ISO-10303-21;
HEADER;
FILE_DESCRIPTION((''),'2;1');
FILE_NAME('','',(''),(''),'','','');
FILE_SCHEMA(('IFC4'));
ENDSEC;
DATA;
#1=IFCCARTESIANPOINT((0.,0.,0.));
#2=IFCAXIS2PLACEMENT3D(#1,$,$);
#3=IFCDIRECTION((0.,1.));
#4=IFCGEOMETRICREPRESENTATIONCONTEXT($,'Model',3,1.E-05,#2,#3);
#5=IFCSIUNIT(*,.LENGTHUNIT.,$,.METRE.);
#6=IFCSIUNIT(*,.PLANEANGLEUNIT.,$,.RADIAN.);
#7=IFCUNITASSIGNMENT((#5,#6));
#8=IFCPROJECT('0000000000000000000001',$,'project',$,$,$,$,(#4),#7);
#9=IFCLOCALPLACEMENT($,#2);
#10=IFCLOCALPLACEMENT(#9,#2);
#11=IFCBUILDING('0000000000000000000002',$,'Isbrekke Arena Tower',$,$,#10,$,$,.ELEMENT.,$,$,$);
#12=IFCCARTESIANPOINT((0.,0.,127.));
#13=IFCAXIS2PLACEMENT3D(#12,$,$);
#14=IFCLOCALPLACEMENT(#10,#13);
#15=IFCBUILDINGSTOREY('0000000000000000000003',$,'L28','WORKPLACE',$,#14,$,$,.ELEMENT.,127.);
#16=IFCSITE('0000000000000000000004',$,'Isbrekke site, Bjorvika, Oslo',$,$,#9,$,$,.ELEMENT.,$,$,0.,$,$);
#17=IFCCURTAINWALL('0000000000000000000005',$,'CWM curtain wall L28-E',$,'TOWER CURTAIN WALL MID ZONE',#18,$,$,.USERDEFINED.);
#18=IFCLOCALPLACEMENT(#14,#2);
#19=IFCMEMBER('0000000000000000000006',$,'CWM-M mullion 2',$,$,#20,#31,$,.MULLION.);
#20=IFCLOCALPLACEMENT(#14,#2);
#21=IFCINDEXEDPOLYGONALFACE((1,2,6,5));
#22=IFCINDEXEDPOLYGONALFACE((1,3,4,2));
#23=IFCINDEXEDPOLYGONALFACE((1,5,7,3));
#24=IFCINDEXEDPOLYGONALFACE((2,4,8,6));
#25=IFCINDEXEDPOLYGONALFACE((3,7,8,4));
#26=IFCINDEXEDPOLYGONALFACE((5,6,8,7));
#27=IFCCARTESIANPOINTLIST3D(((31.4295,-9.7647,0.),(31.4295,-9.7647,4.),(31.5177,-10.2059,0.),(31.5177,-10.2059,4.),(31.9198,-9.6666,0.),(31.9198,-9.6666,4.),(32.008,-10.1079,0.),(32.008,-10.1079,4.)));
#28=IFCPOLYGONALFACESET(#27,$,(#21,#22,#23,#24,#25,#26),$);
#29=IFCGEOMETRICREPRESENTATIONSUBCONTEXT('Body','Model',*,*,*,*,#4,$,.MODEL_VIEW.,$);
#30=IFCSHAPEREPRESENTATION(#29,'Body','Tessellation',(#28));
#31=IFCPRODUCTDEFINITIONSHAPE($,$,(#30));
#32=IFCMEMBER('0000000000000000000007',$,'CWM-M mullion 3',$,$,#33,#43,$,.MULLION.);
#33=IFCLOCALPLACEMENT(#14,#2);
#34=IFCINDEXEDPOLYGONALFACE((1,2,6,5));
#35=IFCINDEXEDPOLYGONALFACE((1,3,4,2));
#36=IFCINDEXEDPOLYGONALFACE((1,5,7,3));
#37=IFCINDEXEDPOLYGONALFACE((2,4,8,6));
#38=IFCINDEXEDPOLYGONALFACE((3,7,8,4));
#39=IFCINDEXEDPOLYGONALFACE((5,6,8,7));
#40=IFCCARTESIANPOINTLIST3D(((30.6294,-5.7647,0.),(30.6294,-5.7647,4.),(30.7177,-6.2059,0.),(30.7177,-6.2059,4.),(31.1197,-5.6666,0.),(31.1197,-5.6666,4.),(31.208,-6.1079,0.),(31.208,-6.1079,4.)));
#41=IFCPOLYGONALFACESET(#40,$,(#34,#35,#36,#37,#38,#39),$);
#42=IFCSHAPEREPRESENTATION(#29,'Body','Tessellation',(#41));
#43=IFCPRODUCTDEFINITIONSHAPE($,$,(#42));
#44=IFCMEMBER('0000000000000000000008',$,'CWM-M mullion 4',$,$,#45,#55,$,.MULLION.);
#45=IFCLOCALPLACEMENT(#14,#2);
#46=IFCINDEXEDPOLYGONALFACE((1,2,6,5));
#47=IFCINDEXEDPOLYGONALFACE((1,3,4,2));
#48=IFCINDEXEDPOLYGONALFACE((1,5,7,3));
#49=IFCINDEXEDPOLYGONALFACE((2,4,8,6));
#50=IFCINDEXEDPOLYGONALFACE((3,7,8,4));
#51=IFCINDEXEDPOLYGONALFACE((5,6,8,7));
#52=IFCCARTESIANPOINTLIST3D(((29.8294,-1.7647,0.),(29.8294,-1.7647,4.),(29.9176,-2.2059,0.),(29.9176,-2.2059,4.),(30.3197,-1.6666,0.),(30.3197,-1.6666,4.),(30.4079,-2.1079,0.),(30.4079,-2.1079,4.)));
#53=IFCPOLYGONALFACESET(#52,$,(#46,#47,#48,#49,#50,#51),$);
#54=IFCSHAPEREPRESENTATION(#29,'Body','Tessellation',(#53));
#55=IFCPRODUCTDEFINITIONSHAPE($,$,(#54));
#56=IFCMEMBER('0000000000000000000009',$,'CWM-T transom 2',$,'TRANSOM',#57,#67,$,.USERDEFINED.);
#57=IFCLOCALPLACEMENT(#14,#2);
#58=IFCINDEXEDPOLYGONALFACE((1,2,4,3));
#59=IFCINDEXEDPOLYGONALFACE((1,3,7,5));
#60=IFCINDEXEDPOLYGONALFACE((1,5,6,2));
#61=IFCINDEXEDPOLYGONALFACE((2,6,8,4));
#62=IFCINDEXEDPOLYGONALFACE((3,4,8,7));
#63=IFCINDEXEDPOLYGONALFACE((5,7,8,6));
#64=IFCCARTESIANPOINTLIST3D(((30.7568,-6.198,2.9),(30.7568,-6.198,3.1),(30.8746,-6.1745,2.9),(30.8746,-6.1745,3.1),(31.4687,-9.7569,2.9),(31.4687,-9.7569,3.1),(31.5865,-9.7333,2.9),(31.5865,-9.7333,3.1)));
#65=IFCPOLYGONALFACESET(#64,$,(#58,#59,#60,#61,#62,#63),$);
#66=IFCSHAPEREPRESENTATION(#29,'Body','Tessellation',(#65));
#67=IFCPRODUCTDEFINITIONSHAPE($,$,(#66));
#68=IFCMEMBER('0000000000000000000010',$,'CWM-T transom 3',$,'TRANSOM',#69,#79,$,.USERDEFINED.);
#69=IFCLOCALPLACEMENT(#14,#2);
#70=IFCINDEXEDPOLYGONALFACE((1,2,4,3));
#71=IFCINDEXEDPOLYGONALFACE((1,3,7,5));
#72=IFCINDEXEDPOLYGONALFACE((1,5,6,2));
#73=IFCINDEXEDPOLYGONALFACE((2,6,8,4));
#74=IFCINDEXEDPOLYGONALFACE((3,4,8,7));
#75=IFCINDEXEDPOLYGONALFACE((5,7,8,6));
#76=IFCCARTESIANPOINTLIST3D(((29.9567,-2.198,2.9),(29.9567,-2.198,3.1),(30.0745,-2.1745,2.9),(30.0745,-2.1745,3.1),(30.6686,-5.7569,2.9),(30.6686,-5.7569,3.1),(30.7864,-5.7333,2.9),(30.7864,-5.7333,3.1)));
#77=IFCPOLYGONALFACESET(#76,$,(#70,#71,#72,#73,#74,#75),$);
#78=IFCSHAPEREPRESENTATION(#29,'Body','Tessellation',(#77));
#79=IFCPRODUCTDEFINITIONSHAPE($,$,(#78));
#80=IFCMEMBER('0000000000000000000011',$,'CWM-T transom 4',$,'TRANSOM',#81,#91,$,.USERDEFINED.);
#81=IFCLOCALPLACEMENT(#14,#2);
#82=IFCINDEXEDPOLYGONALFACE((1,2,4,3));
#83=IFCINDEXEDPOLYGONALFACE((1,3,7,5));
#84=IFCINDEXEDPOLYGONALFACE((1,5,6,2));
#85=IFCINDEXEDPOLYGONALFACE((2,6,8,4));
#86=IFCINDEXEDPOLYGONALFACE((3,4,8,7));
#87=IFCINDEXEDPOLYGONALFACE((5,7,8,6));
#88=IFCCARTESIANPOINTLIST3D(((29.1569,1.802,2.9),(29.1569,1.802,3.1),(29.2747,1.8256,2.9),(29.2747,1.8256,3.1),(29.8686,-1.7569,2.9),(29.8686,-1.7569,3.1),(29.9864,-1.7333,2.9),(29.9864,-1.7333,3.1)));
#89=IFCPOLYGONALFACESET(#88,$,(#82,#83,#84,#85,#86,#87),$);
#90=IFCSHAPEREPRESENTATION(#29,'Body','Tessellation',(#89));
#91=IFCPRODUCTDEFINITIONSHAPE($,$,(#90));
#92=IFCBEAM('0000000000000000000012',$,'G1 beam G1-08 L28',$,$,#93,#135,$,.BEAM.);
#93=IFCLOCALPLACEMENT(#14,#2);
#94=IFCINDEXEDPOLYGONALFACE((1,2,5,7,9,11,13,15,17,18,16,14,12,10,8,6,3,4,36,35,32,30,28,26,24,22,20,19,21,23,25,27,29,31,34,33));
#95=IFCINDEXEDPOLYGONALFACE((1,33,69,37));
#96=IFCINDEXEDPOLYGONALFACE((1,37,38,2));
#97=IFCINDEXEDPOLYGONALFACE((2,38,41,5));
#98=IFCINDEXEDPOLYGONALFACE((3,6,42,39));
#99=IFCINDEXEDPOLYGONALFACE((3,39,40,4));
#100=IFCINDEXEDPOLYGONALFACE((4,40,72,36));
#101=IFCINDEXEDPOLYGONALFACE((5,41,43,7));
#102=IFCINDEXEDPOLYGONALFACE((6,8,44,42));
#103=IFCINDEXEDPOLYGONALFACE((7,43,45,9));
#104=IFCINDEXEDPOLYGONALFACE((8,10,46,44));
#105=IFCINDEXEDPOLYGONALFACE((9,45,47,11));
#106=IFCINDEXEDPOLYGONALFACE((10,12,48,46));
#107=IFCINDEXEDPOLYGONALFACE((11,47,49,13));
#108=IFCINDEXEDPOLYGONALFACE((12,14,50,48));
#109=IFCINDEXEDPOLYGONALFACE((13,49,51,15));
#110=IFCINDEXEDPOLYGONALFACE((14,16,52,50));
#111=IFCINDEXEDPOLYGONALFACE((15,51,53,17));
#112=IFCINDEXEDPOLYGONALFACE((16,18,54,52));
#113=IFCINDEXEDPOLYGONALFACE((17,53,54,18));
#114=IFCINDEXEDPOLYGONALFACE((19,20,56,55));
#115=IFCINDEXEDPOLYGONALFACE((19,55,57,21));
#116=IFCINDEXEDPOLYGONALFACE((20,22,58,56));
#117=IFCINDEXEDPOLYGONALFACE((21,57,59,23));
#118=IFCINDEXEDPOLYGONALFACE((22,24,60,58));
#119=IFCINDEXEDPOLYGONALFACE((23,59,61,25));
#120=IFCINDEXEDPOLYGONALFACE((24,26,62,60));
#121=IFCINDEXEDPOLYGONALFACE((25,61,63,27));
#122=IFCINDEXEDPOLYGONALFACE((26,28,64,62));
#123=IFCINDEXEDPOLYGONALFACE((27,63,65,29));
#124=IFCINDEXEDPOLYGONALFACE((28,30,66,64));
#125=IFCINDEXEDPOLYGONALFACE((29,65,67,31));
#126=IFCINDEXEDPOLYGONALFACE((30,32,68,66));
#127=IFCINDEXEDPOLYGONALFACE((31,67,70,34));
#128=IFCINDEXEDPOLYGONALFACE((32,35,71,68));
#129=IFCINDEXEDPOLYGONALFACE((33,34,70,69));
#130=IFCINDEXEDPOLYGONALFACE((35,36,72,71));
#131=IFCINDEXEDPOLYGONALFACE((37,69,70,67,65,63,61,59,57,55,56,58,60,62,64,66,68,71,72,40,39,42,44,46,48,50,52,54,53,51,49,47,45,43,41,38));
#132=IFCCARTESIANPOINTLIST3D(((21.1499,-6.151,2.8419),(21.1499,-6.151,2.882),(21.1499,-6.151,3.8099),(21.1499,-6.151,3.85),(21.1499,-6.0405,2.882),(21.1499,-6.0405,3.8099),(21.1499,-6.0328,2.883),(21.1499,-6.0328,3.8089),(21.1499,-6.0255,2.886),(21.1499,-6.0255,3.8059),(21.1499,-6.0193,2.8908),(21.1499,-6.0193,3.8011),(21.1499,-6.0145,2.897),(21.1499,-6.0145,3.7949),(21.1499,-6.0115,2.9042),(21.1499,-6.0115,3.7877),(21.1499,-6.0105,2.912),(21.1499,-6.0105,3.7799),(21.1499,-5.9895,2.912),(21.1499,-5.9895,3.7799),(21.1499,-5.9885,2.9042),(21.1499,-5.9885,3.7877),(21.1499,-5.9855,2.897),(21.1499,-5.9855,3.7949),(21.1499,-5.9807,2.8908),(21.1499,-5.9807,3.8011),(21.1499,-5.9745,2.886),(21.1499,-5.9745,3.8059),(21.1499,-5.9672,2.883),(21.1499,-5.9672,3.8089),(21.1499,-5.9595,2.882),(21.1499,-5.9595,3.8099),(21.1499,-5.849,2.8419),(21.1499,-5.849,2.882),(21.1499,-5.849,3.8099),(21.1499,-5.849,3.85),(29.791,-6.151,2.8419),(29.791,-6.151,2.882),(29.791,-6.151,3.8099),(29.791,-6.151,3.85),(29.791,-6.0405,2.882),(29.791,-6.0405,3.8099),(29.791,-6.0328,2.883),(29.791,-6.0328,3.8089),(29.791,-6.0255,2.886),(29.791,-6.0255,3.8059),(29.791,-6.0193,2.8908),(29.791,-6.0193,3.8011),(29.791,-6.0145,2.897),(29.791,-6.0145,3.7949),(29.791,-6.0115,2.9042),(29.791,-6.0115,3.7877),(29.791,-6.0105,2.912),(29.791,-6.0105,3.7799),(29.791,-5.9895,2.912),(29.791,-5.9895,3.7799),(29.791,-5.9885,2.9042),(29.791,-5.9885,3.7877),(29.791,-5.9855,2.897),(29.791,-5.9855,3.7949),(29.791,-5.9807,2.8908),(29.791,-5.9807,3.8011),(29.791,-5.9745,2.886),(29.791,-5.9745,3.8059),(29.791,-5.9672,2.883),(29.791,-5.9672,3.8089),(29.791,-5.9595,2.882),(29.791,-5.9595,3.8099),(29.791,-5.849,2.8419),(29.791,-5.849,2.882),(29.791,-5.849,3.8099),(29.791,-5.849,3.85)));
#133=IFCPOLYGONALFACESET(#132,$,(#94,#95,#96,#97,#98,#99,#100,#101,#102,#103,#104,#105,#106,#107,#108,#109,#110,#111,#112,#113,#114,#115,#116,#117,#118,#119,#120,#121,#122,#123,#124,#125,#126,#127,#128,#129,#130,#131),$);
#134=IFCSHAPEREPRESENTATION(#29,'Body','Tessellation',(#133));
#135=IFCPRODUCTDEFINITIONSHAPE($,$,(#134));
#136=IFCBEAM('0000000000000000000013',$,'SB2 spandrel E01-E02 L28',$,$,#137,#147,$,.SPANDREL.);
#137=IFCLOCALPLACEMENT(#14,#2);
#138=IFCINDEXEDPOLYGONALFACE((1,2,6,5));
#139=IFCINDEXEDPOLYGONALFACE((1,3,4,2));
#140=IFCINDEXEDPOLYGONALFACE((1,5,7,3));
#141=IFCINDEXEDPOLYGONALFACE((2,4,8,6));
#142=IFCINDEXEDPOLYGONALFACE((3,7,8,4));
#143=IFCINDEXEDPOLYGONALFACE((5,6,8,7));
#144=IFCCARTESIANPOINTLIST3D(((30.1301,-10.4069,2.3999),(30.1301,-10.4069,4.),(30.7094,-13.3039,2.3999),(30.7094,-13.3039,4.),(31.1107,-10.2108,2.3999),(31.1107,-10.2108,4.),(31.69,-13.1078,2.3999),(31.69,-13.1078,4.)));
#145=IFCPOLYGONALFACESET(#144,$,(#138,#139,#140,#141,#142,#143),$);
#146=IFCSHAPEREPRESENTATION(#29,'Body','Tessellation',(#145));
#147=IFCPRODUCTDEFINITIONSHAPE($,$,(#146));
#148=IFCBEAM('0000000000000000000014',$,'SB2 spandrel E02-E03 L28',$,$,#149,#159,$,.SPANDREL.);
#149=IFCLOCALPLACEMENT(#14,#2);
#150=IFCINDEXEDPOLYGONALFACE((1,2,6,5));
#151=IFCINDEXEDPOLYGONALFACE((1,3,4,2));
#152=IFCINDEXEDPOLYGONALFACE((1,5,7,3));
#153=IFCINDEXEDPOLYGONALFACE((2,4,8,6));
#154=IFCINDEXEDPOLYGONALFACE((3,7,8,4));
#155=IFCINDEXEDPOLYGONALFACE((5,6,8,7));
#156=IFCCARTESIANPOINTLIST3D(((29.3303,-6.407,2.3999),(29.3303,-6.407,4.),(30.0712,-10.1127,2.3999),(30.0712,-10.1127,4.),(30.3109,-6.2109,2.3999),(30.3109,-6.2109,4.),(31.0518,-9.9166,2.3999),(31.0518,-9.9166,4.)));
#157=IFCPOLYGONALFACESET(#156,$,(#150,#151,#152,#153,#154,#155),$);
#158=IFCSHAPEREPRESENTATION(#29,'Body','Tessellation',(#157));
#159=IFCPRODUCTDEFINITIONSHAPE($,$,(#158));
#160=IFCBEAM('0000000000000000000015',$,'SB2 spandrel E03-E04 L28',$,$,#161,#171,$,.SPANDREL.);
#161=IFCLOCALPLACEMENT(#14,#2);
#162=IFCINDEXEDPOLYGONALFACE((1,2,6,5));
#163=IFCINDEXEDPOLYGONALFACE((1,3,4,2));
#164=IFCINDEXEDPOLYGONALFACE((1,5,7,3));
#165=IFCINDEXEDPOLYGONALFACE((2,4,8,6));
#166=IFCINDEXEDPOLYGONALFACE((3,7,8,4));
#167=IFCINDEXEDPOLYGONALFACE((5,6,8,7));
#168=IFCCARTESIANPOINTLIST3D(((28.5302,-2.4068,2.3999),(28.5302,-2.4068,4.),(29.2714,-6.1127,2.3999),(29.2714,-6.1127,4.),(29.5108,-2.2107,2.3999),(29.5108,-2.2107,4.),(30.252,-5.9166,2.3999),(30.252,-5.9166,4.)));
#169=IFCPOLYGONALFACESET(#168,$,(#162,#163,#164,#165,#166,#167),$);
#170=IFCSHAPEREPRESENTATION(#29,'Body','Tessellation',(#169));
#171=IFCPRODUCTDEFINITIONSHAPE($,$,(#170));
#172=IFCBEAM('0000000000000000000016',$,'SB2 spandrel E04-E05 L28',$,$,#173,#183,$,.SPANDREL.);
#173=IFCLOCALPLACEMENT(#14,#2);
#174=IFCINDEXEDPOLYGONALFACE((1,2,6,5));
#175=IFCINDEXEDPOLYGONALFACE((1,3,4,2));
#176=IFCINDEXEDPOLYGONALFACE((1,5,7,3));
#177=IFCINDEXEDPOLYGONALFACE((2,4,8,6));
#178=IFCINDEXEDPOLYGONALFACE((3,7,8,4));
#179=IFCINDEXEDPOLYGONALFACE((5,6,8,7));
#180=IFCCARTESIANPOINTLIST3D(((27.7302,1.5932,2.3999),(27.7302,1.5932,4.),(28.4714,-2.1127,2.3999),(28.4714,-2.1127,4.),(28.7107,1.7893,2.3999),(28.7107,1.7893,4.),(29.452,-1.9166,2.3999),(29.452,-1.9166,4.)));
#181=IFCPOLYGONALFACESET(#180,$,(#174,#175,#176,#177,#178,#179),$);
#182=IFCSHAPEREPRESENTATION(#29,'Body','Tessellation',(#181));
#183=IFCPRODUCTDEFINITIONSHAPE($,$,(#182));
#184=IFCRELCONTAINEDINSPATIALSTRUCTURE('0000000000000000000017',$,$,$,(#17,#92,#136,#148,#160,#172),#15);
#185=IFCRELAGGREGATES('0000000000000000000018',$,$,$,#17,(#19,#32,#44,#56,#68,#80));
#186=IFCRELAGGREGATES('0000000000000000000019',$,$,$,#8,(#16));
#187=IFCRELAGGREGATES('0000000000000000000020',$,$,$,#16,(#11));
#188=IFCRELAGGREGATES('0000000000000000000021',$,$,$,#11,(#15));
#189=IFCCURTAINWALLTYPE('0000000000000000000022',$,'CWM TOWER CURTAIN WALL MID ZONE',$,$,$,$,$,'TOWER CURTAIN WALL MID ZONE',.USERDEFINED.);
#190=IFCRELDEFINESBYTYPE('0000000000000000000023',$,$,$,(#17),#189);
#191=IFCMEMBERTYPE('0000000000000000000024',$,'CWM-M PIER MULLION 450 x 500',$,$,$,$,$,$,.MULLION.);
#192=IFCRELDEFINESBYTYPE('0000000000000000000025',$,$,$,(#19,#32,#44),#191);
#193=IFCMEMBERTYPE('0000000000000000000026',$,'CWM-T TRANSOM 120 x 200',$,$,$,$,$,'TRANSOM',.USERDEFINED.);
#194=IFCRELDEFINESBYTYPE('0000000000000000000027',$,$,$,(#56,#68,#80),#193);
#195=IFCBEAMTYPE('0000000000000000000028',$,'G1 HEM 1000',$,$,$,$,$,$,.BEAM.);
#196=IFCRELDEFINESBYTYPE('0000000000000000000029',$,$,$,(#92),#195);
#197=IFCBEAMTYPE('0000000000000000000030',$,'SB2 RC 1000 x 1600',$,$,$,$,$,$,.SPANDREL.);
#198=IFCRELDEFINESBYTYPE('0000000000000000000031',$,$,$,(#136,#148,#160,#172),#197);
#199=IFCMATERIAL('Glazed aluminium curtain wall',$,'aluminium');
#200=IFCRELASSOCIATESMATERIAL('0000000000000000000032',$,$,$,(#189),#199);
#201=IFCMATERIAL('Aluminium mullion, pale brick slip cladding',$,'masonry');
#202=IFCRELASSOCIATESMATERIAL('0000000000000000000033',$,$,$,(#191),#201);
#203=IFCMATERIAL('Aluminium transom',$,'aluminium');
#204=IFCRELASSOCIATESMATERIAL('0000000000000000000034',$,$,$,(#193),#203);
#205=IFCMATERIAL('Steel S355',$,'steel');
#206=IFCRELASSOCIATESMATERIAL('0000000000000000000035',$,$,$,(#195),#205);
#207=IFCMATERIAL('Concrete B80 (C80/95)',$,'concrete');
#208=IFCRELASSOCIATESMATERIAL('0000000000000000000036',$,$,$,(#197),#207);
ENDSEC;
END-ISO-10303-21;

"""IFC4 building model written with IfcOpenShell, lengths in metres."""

from ifc_helpers import new_model, si_unit, direction, frame, origin, origin_2d, place, context, subcontext, project, spatial, rectangle, i_section, extrude, material, material_profile, profile_set, type_object, element, aggregate, save


model = new_model("IFC4")

# Units and contexts
model_context = context("Model", 3, precision=1e-05, world=origin(), true_north=direction((0.0, 1.0)))
body_context = subcontext(model_context, "Body", "Model", "MODEL_VIEW")
ifc_project = project(units=[si_unit("LENGTHUNIT", "METRE"), si_unit("PLANEANGLEUNIT", "RADIAN")], contexts=[model_context])

# Site, building, storey
site_placement = place(None, origin())
site = spatial("IfcSite", under=ifc_project, at=site_placement, Name="Isbrekke site, Bjorvika, Oslo", CompositionType="ELEMENT", RefElevation=0.0)
building_placement = place(site_placement, origin())
building = spatial("IfcBuilding", under=site, at=building_placement, Name="Isbrekke Arena Tower", CompositionType="ELEMENT")
storey_placement = place(building_placement, frame((0.0, 0.0, 127.0)))
storey = spatial("IfcBuildingStorey", under=building, at=storey_placement, Name="L28", Description="WORKPLACE", CompositionType="ELEMENT", Elevation=127.0)

# Curtain wall, members
ifc_material_1 = material(Name="Glazed aluminium curtain wall", Category="aluminium")
curtain_wall_type = type_object("IfcCurtainWallType", Name="CWM TOWER CURTAIN WALL MID ZONE", ElementType="TOWER CURTAIN WALL MID ZONE", PredefinedType="USERDEFINED", material=ifc_material_1)
curtain_wall_placement = place(storey_placement, origin())
curtain_wall = element("IfcCurtainWall", 1, at=curtain_wall_placement, inside=storey, type_object=curtain_wall_type, Name="CWM curtain wall L28-E", ObjectType="TOWER CURTAIN WALL MID ZONE", PredefinedType="USERDEFINED")
ifc_material_2 = material(Name="Aluminium mullion, pale brick slip cladding", Category="masonry")
ifc_material_profile_1 = material_profile(ifc_material_2, rectangle(XDim=0.45, YDim=0.5, at=origin_2d()), Name="PIER 450X500")
ifc_profile_set_1 = profile_set([ifc_material_profile_1], Name="Aluminium mullion, pale brick slip cladding")
member_type_1 = type_object("IfcMemberType", Name="CWM-M PIER MULLION 450 x 500", PredefinedType="MULLION", material=ifc_profile_set_1)
member_1_placement = place(storey_placement, frame((31.7188, -9.9363, 0.0), z_axis=(0.0, 0.0, 1.0), x_axis=(-0.196116, 0.980581, 0.0)))
member_1 = element("IfcMember", 2, at=member_1_placement, type_object=member_type_1, Name="CWM-M mullion 2", PredefinedType="MULLION", context=body_context, shape_type="SweptSolid", body=[
    extrude(rectangle(XDim=0.45, YDim=0.5, at=origin_2d()), origin(), (0.0, 0.0, 1.0), 4.0),
])
member_2_placement = place(storey_placement, frame((30.9187, -5.9363, 0.0), z_axis=(0.0, 0.0, 1.0), x_axis=(-0.196116, 0.980581, 0.0)))
member_2 = element("IfcMember", 3, at=member_2_placement, type_object=member_type_1, Name="CWM-M mullion 3", PredefinedType="MULLION", context=body_context, shape_type="SweptSolid", body=[
    extrude(rectangle(XDim=0.45, YDim=0.5, at=origin_2d()), origin(), (0.0, 0.0, 1.0), 4.0),
])
member_3_placement = place(storey_placement, frame((30.1187, -1.9363, 0.0), z_axis=(0.0, 0.0, 1.0), x_axis=(-0.196116, 0.980581, 0.0)))
member_3 = element("IfcMember", 4, at=member_3_placement, type_object=member_type_1, Name="CWM-M mullion 4", PredefinedType="MULLION", context=body_context, shape_type="SweptSolid", body=[
    extrude(rectangle(XDim=0.45, YDim=0.5, at=origin_2d()), origin(), (0.0, 0.0, 1.0), 4.0),
])
ifc_material_3 = material(Name="Aluminium transom", Category="aluminium")
ifc_material_profile_2 = material_profile(ifc_material_3, rectangle(XDim=0.1201, YDim=0.2, at=origin_2d()), Name="TRANSOM 120X200")
ifc_profile_set_2 = profile_set([ifc_material_profile_2], Name="Aluminium transom")
member_type_2 = type_object("IfcMemberType", Name="CWM-T TRANSOM 120 x 200", ElementType="TRANSOM", PredefinedType="USERDEFINED", material=ifc_profile_set_2)
member_4_placement = place(storey_placement, frame((31.5276, -9.7451, 3.0), z_axis=(-0.196155, 0.980573, 0.0), x_axis=(-0.980573, -0.196155, 0.0)))
member_4 = element("IfcMember", 5, at=member_4_placement, type_object=member_type_2, Name="CWM-T transom 2", ObjectType="TRANSOM", PredefinedType="USERDEFINED", context=body_context, shape_type="SweptSolid", body=[
    extrude(rectangle(XDim=0.1201, YDim=0.2, at=origin_2d()), origin(), (0.0, 0.0, 1.0), 3.6294),
])
member_5_placement = place(storey_placement, frame((30.7275, -5.7451, 3.0), z_axis=(-0.196155, 0.980573, 0.0), x_axis=(-0.980573, -0.196155, 0.0)))
member_5 = element("IfcMember", 6, at=member_5_placement, type_object=member_type_2, Name="CWM-T transom 3", ObjectType="TRANSOM", PredefinedType="USERDEFINED", context=body_context, shape_type="SweptSolid", body=[
    extrude(rectangle(XDim=0.1201, YDim=0.2, at=origin_2d()), origin(), (0.0, 0.0, 1.0), 3.6294),
])
member_6_placement = place(storey_placement, frame((29.9275, -1.7451, 3.0), z_axis=(-0.19609, 0.980586, 0.0), x_axis=(-0.980586, -0.19609, 0.0)))
member_6 = element("IfcMember", 7, at=member_6_placement, type_object=member_type_2, Name="CWM-T transom 4", ObjectType="TRANSOM", PredefinedType="USERDEFINED", context=body_context, shape_type="SweptSolid", body=[
    extrude(rectangle(XDim=0.1201, YDim=0.2, at=origin_2d()), origin(), (0.0, 0.0, 1.0), 3.6294),
])

# Beams
ifc_material_4 = material(Name="Steel S355", Category="steel")
ifc_material_profile_3 = material_profile(ifc_material_4, i_section(OverallWidth=0.302, OverallDepth=1.0081, WebThickness=0.021, FlangeThickness=0.04, FilletRadius=0.03, at=origin_2d()), Name="HEM 1000")
ifc_profile_set_3 = profile_set([ifc_material_profile_3], Name="Steel S355")
beam_type_1 = type_object("IfcBeamType", Name="G1 HEM 1000", PredefinedType="BEAM", material=ifc_profile_set_3)
beam_1_placement = place(storey_placement, frame((21.1499, -6.0, 3.3459), z_axis=(1.0, 0.0, 0.0), x_axis=(0.0, 1.0, 0.0)))
element("IfcBeam", 8, at=beam_1_placement, inside=storey, type_object=beam_type_1, Name="G1 beam G1-08 L28", PredefinedType="BEAM", context=body_context, shape_type="SweptSolid", body=[
    extrude(i_section(OverallWidth=0.302, OverallDepth=1.0081, WebThickness=0.021, FlangeThickness=0.04, FilletRadius=0.03, at=origin_2d()), origin(), (0.0, 0.0, 1.0), 8.6411),
])
ifc_material_5 = material(Name="Concrete B80 (C80/95)", Category="concrete")
ifc_material_profile_4 = material_profile(ifc_material_5, rectangle(XDim=1.0, YDim=1.6001, at=origin_2d()), Name="RC 1000x1600")
ifc_profile_set_4 = profile_set([ifc_material_profile_4], Name="Concrete B80 (C80/95)")
beam_type_2 = type_object("IfcBeamType", Name="SB2 RC 1000 x 1600", PredefinedType="SPANDREL", material=ifc_profile_set_4)
beam_2_placement = place(storey_placement, frame((31.1997, -13.2058, 3.2), z_axis=(-0.1961, 0.980584, 0.0), x_axis=(-0.980584, -0.1961, 0.0)))
element("IfcBeam", 9, at=beam_2_placement, inside=storey, type_object=beam_type_2, Name="SB2 spandrel E01-E02 L28", PredefinedType="SPANDREL", context=body_context, shape_type="SweptSolid", body=[
    extrude(rectangle(XDim=1.0, YDim=1.6001, at=origin_2d()), origin(), (0.0, 0.0, 1.0), 2.9543),
])
beam_3_placement = place(storey_placement, frame((30.5615, -10.0146, 3.2), z_axis=(-0.196066, 0.980591, 0.0), x_axis=(-0.980591, -0.196066, 0.0)))
element("IfcBeam", 10, at=beam_3_placement, inside=storey, type_object=beam_type_2, Name="SB2 spandrel E02-E03 L28", PredefinedType="SPANDREL", context=body_context, shape_type="SweptSolid", body=[
    extrude(rectangle(XDim=1.0, YDim=1.6001, at=origin_2d()), origin(), (0.0, 0.0, 1.0), 3.7791),
])
for number, where, z_axis, x_axis, name in (
    (11, (29.7617, -6.0146, 3.2), (-0.196129, 0.980578, 0.0), (-0.980578, -0.196129, 0.0), "SB2 spandrel E03-E04 L28"),
    (12, (28.9617, -2.0146, 3.2), (-0.196129, 0.980578, 0.0), (-0.980578, -0.196129, 0.0), "SB2 spandrel E04-E05 L28"),
):
    element("IfcBeam", number, at=place(storey_placement, frame(where, z_axis=z_axis, x_axis=x_axis)), inside=storey, type_object=beam_type_2, Name=name, PredefinedType="SPANDREL", context=body_context, shape_type="SweptSolid", body=[
        extrude(rectangle(XDim=1.0, YDim=1.6001, at=origin_2d()), origin(), (0.0, 0.0, 1.0), 3.7793),
    ])

aggregate(curtain_wall, [member_1, member_2, member_3, member_4, member_5, member_6])

save(model, "model.ifc")
